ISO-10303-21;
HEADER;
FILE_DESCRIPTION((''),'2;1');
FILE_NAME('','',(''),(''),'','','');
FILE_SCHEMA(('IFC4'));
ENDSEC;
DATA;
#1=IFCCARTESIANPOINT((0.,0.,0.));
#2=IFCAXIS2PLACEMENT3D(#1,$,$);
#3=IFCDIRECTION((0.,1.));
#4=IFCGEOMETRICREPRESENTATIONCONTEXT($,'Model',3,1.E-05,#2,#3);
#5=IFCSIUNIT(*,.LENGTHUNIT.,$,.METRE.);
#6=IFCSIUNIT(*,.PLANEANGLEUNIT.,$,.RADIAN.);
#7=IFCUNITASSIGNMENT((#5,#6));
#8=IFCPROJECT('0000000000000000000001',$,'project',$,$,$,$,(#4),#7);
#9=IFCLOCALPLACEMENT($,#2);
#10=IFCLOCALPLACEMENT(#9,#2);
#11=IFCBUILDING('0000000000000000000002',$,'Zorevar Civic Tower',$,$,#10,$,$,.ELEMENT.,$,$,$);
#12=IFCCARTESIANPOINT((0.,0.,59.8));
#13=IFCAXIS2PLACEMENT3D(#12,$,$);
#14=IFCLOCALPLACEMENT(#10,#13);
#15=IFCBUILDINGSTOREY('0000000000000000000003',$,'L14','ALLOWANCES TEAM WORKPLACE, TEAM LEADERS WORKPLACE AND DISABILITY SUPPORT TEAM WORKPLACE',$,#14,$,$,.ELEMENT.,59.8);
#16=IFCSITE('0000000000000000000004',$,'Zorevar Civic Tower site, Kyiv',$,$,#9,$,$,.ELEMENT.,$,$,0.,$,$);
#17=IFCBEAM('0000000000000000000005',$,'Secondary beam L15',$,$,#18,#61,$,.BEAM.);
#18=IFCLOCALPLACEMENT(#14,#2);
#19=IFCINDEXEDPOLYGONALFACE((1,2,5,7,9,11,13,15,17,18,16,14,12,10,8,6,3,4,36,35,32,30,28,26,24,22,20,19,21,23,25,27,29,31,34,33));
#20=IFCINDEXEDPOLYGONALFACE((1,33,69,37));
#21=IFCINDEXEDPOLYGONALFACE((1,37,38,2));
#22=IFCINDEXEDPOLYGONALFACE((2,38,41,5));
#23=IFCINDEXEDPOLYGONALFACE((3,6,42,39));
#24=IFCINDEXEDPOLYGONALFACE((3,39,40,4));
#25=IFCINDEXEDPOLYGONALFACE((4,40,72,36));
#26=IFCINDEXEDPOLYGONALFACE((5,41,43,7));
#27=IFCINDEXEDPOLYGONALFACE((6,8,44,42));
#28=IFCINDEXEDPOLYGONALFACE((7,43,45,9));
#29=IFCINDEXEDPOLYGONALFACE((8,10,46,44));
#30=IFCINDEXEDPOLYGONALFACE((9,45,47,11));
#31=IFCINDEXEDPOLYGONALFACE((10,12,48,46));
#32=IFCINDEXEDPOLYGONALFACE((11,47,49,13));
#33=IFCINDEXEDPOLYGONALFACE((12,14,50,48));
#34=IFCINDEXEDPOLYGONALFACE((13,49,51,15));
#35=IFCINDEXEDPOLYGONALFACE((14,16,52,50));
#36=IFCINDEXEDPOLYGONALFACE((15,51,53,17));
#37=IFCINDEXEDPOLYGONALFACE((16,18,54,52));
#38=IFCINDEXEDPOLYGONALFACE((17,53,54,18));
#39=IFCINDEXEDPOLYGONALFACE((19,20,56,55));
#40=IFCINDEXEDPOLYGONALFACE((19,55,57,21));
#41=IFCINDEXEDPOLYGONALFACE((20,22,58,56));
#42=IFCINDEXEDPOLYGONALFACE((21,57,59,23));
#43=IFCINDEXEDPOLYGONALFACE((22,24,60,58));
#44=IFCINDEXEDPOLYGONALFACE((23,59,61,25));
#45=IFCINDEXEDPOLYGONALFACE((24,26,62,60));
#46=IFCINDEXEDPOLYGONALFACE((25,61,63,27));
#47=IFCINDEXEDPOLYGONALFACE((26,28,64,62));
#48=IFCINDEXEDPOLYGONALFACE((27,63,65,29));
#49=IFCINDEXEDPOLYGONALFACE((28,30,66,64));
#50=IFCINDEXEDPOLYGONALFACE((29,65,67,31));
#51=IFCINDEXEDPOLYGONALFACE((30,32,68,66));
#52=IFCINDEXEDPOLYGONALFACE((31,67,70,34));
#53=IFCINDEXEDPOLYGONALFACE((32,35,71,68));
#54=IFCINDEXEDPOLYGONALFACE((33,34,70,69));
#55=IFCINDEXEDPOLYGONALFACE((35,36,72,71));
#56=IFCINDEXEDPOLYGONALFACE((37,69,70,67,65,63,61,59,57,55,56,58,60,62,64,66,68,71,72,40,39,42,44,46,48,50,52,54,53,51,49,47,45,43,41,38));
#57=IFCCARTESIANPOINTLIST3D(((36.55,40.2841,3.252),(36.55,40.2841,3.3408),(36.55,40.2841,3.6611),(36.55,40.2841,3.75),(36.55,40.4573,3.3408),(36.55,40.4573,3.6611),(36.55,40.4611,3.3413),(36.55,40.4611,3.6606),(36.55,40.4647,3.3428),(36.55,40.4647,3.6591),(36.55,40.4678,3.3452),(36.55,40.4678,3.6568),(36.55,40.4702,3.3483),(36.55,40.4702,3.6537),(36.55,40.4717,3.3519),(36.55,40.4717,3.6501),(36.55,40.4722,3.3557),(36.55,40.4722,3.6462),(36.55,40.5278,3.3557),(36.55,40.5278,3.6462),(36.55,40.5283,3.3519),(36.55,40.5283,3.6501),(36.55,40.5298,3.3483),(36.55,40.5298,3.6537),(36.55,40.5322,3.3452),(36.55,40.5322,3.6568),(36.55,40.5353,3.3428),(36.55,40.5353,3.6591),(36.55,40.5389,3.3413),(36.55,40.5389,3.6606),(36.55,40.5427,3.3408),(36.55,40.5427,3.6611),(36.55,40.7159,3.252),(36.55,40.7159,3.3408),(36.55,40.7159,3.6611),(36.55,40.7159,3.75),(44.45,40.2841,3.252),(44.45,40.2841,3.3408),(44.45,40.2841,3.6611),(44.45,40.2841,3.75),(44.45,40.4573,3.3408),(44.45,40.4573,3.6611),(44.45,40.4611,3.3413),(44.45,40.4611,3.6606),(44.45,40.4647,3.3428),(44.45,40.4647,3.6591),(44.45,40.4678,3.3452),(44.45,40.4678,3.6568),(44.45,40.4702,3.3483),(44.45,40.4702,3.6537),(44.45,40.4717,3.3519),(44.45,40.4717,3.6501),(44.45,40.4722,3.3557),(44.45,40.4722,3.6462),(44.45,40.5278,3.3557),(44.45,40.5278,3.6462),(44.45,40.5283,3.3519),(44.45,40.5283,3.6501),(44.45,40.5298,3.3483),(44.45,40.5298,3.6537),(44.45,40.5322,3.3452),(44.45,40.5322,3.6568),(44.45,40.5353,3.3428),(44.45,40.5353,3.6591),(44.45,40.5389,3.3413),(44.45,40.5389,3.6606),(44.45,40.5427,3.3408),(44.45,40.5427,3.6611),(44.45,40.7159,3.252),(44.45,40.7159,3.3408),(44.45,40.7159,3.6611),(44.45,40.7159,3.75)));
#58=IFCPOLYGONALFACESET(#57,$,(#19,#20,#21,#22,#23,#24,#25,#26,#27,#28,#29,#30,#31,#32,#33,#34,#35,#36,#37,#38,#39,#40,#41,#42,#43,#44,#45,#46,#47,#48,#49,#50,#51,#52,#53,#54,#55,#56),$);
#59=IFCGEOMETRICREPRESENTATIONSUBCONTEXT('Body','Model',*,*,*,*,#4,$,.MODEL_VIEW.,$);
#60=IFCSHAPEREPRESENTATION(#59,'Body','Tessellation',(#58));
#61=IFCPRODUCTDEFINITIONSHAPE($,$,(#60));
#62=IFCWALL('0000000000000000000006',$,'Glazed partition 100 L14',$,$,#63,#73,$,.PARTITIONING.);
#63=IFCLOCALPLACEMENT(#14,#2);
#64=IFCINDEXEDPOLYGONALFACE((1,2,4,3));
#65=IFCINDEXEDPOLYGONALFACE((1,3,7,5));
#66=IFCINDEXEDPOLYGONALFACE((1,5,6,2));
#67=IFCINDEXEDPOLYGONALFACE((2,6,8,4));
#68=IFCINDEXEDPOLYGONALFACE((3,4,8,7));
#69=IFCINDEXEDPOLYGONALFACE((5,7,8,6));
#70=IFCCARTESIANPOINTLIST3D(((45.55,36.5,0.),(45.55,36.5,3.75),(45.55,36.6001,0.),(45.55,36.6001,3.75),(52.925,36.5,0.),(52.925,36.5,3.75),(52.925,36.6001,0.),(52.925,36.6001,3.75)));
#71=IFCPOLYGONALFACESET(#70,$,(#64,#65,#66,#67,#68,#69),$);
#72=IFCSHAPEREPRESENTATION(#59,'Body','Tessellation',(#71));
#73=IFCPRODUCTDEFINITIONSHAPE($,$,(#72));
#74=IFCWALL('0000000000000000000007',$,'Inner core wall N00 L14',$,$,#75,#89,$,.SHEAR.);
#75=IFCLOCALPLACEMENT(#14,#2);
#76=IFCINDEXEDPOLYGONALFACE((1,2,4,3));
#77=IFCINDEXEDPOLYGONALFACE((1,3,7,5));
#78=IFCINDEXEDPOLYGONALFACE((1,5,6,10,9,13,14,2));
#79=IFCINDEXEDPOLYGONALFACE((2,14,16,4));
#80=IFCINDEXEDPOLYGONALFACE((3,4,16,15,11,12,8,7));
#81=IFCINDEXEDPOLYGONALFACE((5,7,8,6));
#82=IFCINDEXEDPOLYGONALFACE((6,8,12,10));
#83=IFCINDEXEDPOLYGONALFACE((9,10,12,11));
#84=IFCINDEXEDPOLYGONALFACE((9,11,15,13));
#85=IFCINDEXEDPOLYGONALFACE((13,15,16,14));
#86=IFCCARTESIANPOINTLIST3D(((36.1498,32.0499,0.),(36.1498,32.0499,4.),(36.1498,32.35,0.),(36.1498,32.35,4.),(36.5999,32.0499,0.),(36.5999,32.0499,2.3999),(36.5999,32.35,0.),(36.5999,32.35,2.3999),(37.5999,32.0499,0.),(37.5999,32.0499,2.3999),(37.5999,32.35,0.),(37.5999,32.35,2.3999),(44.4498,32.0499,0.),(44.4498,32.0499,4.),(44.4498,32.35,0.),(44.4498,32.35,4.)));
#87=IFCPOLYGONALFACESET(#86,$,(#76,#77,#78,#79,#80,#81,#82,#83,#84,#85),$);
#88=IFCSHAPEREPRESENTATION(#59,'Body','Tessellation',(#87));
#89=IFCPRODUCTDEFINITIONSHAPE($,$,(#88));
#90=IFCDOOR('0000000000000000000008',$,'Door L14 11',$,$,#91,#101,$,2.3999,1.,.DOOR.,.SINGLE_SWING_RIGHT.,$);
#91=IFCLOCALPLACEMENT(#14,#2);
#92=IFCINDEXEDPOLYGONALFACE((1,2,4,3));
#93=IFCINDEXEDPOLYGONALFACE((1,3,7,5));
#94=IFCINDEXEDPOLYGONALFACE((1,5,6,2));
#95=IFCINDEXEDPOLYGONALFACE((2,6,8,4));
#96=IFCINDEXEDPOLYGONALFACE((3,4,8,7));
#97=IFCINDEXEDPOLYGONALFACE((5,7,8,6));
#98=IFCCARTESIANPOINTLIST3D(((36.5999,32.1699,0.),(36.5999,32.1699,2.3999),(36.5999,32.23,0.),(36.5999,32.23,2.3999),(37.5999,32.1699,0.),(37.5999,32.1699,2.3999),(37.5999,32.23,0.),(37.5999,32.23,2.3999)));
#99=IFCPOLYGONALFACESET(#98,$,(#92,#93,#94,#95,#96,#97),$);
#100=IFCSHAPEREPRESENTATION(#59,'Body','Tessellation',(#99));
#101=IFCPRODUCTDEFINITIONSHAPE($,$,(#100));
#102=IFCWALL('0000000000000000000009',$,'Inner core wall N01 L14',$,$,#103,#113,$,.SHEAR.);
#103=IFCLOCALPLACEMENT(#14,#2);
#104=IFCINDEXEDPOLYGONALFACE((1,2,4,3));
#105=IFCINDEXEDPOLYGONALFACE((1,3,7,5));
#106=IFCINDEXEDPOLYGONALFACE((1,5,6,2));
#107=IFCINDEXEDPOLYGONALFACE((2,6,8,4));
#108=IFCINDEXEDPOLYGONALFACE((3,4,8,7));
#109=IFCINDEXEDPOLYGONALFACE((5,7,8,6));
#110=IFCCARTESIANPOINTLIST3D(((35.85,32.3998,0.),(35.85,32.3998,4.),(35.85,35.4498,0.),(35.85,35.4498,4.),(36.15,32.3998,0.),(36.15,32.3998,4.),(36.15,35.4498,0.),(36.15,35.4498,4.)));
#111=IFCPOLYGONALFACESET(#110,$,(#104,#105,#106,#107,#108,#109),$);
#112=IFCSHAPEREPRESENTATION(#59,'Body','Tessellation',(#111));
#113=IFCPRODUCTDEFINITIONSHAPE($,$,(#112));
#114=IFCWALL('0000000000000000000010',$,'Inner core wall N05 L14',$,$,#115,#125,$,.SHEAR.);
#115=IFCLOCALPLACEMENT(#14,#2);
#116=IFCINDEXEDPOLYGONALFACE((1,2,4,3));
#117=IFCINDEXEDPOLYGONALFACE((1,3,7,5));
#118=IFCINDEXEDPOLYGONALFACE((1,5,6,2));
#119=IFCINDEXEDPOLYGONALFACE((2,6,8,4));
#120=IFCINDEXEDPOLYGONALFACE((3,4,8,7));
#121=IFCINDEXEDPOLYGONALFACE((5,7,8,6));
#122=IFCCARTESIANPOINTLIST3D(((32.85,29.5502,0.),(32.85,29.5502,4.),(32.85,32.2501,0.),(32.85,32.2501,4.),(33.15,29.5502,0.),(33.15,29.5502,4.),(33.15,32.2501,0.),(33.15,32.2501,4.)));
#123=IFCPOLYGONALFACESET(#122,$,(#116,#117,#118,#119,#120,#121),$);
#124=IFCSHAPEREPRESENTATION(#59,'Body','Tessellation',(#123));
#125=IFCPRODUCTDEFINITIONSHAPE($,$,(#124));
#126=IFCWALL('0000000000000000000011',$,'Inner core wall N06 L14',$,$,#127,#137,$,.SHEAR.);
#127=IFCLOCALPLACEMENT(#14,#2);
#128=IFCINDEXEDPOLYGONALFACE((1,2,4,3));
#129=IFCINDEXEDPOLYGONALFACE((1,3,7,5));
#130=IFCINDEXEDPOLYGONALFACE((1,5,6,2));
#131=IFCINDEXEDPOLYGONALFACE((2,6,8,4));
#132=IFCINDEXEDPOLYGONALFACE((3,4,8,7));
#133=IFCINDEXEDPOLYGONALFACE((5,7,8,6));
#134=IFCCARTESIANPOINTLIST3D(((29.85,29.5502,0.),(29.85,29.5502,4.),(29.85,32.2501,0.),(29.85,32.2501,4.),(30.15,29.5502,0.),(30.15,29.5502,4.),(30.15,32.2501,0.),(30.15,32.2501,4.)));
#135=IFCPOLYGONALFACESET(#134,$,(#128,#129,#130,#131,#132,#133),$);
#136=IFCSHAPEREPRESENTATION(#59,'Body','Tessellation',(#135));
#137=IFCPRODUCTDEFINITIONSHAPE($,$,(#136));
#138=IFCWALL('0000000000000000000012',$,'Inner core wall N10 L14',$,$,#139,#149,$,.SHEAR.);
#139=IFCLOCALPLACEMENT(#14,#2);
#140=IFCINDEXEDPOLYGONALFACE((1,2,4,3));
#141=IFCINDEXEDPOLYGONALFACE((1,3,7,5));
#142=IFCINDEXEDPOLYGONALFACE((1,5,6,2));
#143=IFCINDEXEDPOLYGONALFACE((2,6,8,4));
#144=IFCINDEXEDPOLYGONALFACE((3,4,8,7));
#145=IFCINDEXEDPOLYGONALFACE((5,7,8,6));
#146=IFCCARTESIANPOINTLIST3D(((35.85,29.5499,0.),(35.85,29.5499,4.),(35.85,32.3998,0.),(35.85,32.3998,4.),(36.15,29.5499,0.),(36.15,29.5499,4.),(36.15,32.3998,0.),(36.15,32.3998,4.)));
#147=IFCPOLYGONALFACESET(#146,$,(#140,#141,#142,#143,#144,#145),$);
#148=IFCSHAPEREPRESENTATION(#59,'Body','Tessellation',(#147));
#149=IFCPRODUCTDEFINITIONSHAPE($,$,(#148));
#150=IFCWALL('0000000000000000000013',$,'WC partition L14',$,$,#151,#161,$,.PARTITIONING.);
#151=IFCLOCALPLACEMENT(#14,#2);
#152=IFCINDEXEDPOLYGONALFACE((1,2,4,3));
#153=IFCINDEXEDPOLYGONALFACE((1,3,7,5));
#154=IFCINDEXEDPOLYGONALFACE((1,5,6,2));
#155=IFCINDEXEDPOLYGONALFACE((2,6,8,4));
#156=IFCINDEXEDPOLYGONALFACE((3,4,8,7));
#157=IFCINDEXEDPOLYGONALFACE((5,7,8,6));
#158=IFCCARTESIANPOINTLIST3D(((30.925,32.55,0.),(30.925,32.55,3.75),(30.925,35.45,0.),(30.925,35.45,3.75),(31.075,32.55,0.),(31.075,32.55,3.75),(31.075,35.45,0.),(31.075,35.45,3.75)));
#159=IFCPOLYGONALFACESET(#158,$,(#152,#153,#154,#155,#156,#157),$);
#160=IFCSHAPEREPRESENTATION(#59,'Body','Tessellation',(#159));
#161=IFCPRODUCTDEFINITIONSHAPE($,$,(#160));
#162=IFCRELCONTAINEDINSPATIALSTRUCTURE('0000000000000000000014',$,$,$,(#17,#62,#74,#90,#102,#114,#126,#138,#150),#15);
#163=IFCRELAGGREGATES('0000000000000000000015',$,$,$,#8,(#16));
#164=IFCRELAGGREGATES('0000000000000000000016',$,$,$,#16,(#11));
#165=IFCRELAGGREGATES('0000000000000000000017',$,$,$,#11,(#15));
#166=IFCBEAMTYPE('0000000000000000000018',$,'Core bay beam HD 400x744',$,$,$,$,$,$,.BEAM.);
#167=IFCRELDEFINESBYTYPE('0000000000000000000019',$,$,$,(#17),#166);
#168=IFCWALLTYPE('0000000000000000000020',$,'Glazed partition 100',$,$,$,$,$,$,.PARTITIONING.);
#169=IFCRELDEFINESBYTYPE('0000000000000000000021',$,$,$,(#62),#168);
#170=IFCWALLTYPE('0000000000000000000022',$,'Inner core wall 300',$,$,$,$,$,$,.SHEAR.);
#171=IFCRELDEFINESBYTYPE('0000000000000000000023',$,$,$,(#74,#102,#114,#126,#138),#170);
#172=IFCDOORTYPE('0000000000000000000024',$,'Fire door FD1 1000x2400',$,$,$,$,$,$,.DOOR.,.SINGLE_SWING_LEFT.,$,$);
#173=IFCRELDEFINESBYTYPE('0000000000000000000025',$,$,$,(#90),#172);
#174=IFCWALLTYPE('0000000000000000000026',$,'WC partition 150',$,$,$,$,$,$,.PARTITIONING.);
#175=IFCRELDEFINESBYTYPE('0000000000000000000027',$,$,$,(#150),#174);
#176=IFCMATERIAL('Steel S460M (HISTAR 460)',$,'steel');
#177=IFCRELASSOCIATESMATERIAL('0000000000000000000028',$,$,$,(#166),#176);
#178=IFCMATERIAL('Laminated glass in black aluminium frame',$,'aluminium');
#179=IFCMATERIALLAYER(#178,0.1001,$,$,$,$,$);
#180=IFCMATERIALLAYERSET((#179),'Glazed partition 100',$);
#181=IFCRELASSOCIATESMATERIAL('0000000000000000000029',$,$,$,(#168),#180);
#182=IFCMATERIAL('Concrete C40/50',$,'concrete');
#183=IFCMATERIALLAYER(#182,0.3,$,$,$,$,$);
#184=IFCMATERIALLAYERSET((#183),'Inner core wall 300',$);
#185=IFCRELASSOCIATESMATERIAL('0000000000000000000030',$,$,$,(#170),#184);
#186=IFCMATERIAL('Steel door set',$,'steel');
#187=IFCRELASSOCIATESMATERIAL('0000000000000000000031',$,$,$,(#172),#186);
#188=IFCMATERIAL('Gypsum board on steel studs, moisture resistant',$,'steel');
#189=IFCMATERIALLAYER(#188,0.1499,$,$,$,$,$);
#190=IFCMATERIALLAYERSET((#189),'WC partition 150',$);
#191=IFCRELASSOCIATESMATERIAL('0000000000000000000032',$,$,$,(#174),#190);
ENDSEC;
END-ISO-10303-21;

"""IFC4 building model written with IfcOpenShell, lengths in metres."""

from ifc_helpers import new_model, si_unit, direction, frame, frame_2d, origin, origin_2d, place, context, subcontext, project, spatial, rectangle, i_section, extrude, material, layer, layer_set, material_profile, profile_set, type_object, element, fill, save


model = new_model("IFC4")

# Units and contexts
model_context = context("Model", 3, precision=1e-05, world=origin(), true_north=direction((0.0, 1.0)))
body_context = subcontext(model_context, "Body", "Model", "MODEL_VIEW")
ifc_project = project(units=[si_unit("LENGTHUNIT", "METRE"), si_unit("PLANEANGLEUNIT", "RADIAN")], contexts=[model_context])

# Site, building, storey
site_placement = place(None, origin())
site = spatial("IfcSite", under=ifc_project, at=site_placement, Name="Zorevar Civic Tower site, Kyiv", CompositionType="ELEMENT", RefElevation=0.0)
building_placement = place(site_placement, origin())
building = spatial("IfcBuilding", under=site, at=building_placement, Name="Zorevar Civic Tower", CompositionType="ELEMENT")
storey_placement = place(building_placement, frame((0.0, 0.0, 59.8)))
storey = spatial("IfcBuildingStorey", under=building, at=storey_placement, Name="L14", Description="ALLOWANCES TEAM WORKPLACE, TEAM LEADERS WORKPLACE AND DISABILITY SUPPORT TEAM WORKPLACE", CompositionType="ELEMENT", Elevation=59.8)

# Beam
ifc_material_1 = material(Name="Steel S460M (HISTAR 460)", Category="steel")
ifc_material_profile_1 = material_profile(ifc_material_1, i_section(OverallWidth=0.4319, OverallDepth=0.498, WebThickness=0.0557, FlangeThickness=0.0889, FilletRadius=0.0149, at=origin_2d()), Name="HD 400x744")
ifc_profile_set_1 = profile_set([ifc_material_profile_1], Name="Steel S460M (HISTAR 460)")
beam_type_1 = type_object("IfcBeamType", Name="Core bay beam HD 400x744", PredefinedType="BEAM", material=ifc_profile_set_1)
for number, where, z_axis, x_axis, name in (
    (1, (36.55, 40.5, 3.501), (1.0, 0.0, 0.0), (0.0, 1.0, 0.0), "Secondary beam L15"),
):
    element("IfcBeam", number, at=place(storey_placement, frame(where, z_axis=z_axis, x_axis=x_axis)), inside=storey, type_object=beam_type_1, Name=name, PredefinedType="BEAM", context=body_context, shape_type="SweptSolid", body=[
        extrude(i_section(OverallWidth=0.4319, OverallDepth=0.498, WebThickness=0.0557, FlangeThickness=0.0889, FilletRadius=0.0149, at=origin_2d()), origin(), (0.0, 0.0, 1.0), 7.8999),
    ])

# Wall
ifc_material_2 = material(Name="Laminated glass in black aluminium frame", Category="aluminium")
ifc_layer_1 = layer(ifc_material_2, 0.1001)
ifc_layer_set_1 = layer_set([ifc_layer_1], Name="Glazed partition 100")
wall_type_1 = type_object("IfcWallType", Name="Glazed partition 100", PredefinedType="PARTITIONING", material=ifc_layer_set_1)
wall_1_placement = place(storey_placement, frame((45.55, 36.55, 0.0), z_axis=(0.0, 0.0, 1.0), x_axis=(1.0, 0.0, 0.0)))
element("IfcWall", 2, at=wall_1_placement, inside=storey, type_object=wall_type_1, Name="Glazed partition 100 L14", PredefinedType="PARTITIONING", context=body_context, shape_type="SweptSolid", body=[
    extrude(rectangle(XDim=7.375, YDim=0.1001, at=frame_2d((3.6875, 0.0))), origin(), (0.0, 0.0, 1.0), 3.75),
])

# Wall, opening, door
ifc_material_3 = material(Name="Concrete C40/50", Category="concrete")
ifc_layer_2 = layer(ifc_material_3, 0.3)
ifc_layer_set_2 = layer_set([ifc_layer_2], Name="Inner core wall 300")
wall_type_2 = type_object("IfcWallType", Name="Inner core wall 300", PredefinedType="SHEAR", material=ifc_layer_set_2)
wall_2_placement = place(storey_placement, frame((36.1499, 32.2, 0.0), z_axis=(0.0, 0.0, 1.0), x_axis=(1.0, 0.0, 0.0)))
wall_2 = element("IfcWall", 3, at=wall_2_placement, inside=storey, type_object=wall_type_2, Name="Inner core wall N00 L14", PredefinedType="SHEAR", context=body_context, shape_type="SweptSolid", body=[
    extrude(rectangle(XDim=8.3, YDim=0.3, at=frame_2d((4.1499, 0.0))), origin(), (0.0, 0.0, 1.0), 4.0),
])
opening_1_placement = place(wall_2_placement, frame((0.45, 0.0, 0.0)))
opening_1 = element("IfcOpeningElement", 4, at=opening_1_placement, cuts=wall_2, PredefinedType="OPENING", context=body_context, shape_type="SweptSolid", body=[
    extrude(rectangle(XDim=1.0, YDim=2.3999, at=frame_2d((0.5, 1.2))), frame((0.0, 0.1599, 0.0), z_axis=(0.0, -1.0, 0.0), x_axis=(1.0, 0.0, 0.0)), (0.0, 0.0, 1.0), 0.3201),
])
ifc_material_4 = material(Name="Steel door set", Category="steel")
door_type_1 = type_object("IfcDoorType", Name="Fire door FD1 1000x2400", OperationType="SINGLE_SWING_LEFT", PredefinedType="DOOR", material=ifc_material_4)
door_1_placement = place(opening_1_placement, origin())
door_1 = element("IfcDoor", 5, at=door_1_placement, inside=storey, type_object=door_type_1, Name="Door L14 11", OperationType="SINGLE_SWING_RIGHT", OverallHeight=2.3999, OverallWidth=1.0, PredefinedType="DOOR", context=body_context, shape_type="SweptSolid", body=[
    extrude(rectangle(XDim=1.0, YDim=2.3999, at=frame_2d((0.5, 1.2))), frame((0.0, 0.03, 0.0), z_axis=(0.0, -1.0, 0.0), x_axis=(1.0, 0.0, 0.0)), (0.0, 0.0, 1.0), 0.0601),
])
fill(opening_1, door_1)

# Wall
wall_3_placement = place(storey_placement, frame((36.0, 32.3999, 0.0), z_axis=(0.0, 0.0, 1.0), x_axis=(0.0, 1.0, 0.0)))
element("IfcWall", 6, at=wall_3_placement, inside=storey, type_object=wall_type_2, Name="Inner core wall N01 L14", PredefinedType="SHEAR", context=body_context, shape_type="SweptSolid", body=[
    extrude(rectangle(XDim=3.05, YDim=0.3, at=frame_2d((1.5249, 0.0))), origin(), (0.0, 0.0, 1.0), 4.0),
])

# Walls
for number, where, z_axis, x_axis, name in (
    (7, (33.0, 29.55, 0.0), (0.0, 0.0, 1.0), (0.0, 1.0, 0.0), "Inner core wall N05 L14"),
    (8, (30.0, 29.55, 0.0), (0.0, 0.0, 1.0), (0.0, 1.0, 0.0), "Inner core wall N06 L14"),
):
    element("IfcWall", number, at=place(storey_placement, frame(where, z_axis=z_axis, x_axis=x_axis)), inside=storey, type_object=wall_type_2, Name=name, PredefinedType="SHEAR", context=body_context, shape_type="SweptSolid", body=[
        extrude(rectangle(XDim=2.7, YDim=0.3, at=frame_2d((1.3501, 0.0))), origin(), (0.0, 0.0, 1.0), 4.0),
    ])
wall_4_placement = place(storey_placement, frame((36.0, 29.55, 0.0), z_axis=(0.0, 0.0, 1.0), x_axis=(0.0, 1.0, 0.0)))
element("IfcWall", 9, at=wall_4_placement, inside=storey, type_object=wall_type_2, Name="Inner core wall N10 L14", PredefinedType="SHEAR", context=body_context, shape_type="SweptSolid", body=[
    extrude(rectangle(XDim=2.8499, YDim=0.3, at=frame_2d((1.4248, 0.0))), origin(), (0.0, 0.0, 1.0), 4.0),
])
ifc_material_5 = material(Name="Gypsum board on steel studs, moisture resistant", Category="steel")
ifc_layer_3 = layer(ifc_material_5, 0.1499)
ifc_layer_set_3 = layer_set([ifc_layer_3], Name="WC partition 150")
wall_type_3 = type_object("IfcWallType", Name="WC partition 150", PredefinedType="PARTITIONING", material=ifc_layer_set_3)
wall_5_placement = place(storey_placement, frame((31.0, 32.55, 0.0), z_axis=(0.0, 0.0, 1.0), x_axis=(0.0, 1.0, 0.0)))
element("IfcWall", 10, at=wall_5_placement, inside=storey, type_object=wall_type_3, Name="WC partition L14", PredefinedType="PARTITIONING", context=body_context, shape_type="SweptSolid", body=[
    extrude(rectangle(XDim=2.8999, YDim=0.1499, at=frame_2d((1.45, 0.0))), origin(), (0.0, 0.0, 1.0), 3.75),
])

save(model, "model.ifc")
